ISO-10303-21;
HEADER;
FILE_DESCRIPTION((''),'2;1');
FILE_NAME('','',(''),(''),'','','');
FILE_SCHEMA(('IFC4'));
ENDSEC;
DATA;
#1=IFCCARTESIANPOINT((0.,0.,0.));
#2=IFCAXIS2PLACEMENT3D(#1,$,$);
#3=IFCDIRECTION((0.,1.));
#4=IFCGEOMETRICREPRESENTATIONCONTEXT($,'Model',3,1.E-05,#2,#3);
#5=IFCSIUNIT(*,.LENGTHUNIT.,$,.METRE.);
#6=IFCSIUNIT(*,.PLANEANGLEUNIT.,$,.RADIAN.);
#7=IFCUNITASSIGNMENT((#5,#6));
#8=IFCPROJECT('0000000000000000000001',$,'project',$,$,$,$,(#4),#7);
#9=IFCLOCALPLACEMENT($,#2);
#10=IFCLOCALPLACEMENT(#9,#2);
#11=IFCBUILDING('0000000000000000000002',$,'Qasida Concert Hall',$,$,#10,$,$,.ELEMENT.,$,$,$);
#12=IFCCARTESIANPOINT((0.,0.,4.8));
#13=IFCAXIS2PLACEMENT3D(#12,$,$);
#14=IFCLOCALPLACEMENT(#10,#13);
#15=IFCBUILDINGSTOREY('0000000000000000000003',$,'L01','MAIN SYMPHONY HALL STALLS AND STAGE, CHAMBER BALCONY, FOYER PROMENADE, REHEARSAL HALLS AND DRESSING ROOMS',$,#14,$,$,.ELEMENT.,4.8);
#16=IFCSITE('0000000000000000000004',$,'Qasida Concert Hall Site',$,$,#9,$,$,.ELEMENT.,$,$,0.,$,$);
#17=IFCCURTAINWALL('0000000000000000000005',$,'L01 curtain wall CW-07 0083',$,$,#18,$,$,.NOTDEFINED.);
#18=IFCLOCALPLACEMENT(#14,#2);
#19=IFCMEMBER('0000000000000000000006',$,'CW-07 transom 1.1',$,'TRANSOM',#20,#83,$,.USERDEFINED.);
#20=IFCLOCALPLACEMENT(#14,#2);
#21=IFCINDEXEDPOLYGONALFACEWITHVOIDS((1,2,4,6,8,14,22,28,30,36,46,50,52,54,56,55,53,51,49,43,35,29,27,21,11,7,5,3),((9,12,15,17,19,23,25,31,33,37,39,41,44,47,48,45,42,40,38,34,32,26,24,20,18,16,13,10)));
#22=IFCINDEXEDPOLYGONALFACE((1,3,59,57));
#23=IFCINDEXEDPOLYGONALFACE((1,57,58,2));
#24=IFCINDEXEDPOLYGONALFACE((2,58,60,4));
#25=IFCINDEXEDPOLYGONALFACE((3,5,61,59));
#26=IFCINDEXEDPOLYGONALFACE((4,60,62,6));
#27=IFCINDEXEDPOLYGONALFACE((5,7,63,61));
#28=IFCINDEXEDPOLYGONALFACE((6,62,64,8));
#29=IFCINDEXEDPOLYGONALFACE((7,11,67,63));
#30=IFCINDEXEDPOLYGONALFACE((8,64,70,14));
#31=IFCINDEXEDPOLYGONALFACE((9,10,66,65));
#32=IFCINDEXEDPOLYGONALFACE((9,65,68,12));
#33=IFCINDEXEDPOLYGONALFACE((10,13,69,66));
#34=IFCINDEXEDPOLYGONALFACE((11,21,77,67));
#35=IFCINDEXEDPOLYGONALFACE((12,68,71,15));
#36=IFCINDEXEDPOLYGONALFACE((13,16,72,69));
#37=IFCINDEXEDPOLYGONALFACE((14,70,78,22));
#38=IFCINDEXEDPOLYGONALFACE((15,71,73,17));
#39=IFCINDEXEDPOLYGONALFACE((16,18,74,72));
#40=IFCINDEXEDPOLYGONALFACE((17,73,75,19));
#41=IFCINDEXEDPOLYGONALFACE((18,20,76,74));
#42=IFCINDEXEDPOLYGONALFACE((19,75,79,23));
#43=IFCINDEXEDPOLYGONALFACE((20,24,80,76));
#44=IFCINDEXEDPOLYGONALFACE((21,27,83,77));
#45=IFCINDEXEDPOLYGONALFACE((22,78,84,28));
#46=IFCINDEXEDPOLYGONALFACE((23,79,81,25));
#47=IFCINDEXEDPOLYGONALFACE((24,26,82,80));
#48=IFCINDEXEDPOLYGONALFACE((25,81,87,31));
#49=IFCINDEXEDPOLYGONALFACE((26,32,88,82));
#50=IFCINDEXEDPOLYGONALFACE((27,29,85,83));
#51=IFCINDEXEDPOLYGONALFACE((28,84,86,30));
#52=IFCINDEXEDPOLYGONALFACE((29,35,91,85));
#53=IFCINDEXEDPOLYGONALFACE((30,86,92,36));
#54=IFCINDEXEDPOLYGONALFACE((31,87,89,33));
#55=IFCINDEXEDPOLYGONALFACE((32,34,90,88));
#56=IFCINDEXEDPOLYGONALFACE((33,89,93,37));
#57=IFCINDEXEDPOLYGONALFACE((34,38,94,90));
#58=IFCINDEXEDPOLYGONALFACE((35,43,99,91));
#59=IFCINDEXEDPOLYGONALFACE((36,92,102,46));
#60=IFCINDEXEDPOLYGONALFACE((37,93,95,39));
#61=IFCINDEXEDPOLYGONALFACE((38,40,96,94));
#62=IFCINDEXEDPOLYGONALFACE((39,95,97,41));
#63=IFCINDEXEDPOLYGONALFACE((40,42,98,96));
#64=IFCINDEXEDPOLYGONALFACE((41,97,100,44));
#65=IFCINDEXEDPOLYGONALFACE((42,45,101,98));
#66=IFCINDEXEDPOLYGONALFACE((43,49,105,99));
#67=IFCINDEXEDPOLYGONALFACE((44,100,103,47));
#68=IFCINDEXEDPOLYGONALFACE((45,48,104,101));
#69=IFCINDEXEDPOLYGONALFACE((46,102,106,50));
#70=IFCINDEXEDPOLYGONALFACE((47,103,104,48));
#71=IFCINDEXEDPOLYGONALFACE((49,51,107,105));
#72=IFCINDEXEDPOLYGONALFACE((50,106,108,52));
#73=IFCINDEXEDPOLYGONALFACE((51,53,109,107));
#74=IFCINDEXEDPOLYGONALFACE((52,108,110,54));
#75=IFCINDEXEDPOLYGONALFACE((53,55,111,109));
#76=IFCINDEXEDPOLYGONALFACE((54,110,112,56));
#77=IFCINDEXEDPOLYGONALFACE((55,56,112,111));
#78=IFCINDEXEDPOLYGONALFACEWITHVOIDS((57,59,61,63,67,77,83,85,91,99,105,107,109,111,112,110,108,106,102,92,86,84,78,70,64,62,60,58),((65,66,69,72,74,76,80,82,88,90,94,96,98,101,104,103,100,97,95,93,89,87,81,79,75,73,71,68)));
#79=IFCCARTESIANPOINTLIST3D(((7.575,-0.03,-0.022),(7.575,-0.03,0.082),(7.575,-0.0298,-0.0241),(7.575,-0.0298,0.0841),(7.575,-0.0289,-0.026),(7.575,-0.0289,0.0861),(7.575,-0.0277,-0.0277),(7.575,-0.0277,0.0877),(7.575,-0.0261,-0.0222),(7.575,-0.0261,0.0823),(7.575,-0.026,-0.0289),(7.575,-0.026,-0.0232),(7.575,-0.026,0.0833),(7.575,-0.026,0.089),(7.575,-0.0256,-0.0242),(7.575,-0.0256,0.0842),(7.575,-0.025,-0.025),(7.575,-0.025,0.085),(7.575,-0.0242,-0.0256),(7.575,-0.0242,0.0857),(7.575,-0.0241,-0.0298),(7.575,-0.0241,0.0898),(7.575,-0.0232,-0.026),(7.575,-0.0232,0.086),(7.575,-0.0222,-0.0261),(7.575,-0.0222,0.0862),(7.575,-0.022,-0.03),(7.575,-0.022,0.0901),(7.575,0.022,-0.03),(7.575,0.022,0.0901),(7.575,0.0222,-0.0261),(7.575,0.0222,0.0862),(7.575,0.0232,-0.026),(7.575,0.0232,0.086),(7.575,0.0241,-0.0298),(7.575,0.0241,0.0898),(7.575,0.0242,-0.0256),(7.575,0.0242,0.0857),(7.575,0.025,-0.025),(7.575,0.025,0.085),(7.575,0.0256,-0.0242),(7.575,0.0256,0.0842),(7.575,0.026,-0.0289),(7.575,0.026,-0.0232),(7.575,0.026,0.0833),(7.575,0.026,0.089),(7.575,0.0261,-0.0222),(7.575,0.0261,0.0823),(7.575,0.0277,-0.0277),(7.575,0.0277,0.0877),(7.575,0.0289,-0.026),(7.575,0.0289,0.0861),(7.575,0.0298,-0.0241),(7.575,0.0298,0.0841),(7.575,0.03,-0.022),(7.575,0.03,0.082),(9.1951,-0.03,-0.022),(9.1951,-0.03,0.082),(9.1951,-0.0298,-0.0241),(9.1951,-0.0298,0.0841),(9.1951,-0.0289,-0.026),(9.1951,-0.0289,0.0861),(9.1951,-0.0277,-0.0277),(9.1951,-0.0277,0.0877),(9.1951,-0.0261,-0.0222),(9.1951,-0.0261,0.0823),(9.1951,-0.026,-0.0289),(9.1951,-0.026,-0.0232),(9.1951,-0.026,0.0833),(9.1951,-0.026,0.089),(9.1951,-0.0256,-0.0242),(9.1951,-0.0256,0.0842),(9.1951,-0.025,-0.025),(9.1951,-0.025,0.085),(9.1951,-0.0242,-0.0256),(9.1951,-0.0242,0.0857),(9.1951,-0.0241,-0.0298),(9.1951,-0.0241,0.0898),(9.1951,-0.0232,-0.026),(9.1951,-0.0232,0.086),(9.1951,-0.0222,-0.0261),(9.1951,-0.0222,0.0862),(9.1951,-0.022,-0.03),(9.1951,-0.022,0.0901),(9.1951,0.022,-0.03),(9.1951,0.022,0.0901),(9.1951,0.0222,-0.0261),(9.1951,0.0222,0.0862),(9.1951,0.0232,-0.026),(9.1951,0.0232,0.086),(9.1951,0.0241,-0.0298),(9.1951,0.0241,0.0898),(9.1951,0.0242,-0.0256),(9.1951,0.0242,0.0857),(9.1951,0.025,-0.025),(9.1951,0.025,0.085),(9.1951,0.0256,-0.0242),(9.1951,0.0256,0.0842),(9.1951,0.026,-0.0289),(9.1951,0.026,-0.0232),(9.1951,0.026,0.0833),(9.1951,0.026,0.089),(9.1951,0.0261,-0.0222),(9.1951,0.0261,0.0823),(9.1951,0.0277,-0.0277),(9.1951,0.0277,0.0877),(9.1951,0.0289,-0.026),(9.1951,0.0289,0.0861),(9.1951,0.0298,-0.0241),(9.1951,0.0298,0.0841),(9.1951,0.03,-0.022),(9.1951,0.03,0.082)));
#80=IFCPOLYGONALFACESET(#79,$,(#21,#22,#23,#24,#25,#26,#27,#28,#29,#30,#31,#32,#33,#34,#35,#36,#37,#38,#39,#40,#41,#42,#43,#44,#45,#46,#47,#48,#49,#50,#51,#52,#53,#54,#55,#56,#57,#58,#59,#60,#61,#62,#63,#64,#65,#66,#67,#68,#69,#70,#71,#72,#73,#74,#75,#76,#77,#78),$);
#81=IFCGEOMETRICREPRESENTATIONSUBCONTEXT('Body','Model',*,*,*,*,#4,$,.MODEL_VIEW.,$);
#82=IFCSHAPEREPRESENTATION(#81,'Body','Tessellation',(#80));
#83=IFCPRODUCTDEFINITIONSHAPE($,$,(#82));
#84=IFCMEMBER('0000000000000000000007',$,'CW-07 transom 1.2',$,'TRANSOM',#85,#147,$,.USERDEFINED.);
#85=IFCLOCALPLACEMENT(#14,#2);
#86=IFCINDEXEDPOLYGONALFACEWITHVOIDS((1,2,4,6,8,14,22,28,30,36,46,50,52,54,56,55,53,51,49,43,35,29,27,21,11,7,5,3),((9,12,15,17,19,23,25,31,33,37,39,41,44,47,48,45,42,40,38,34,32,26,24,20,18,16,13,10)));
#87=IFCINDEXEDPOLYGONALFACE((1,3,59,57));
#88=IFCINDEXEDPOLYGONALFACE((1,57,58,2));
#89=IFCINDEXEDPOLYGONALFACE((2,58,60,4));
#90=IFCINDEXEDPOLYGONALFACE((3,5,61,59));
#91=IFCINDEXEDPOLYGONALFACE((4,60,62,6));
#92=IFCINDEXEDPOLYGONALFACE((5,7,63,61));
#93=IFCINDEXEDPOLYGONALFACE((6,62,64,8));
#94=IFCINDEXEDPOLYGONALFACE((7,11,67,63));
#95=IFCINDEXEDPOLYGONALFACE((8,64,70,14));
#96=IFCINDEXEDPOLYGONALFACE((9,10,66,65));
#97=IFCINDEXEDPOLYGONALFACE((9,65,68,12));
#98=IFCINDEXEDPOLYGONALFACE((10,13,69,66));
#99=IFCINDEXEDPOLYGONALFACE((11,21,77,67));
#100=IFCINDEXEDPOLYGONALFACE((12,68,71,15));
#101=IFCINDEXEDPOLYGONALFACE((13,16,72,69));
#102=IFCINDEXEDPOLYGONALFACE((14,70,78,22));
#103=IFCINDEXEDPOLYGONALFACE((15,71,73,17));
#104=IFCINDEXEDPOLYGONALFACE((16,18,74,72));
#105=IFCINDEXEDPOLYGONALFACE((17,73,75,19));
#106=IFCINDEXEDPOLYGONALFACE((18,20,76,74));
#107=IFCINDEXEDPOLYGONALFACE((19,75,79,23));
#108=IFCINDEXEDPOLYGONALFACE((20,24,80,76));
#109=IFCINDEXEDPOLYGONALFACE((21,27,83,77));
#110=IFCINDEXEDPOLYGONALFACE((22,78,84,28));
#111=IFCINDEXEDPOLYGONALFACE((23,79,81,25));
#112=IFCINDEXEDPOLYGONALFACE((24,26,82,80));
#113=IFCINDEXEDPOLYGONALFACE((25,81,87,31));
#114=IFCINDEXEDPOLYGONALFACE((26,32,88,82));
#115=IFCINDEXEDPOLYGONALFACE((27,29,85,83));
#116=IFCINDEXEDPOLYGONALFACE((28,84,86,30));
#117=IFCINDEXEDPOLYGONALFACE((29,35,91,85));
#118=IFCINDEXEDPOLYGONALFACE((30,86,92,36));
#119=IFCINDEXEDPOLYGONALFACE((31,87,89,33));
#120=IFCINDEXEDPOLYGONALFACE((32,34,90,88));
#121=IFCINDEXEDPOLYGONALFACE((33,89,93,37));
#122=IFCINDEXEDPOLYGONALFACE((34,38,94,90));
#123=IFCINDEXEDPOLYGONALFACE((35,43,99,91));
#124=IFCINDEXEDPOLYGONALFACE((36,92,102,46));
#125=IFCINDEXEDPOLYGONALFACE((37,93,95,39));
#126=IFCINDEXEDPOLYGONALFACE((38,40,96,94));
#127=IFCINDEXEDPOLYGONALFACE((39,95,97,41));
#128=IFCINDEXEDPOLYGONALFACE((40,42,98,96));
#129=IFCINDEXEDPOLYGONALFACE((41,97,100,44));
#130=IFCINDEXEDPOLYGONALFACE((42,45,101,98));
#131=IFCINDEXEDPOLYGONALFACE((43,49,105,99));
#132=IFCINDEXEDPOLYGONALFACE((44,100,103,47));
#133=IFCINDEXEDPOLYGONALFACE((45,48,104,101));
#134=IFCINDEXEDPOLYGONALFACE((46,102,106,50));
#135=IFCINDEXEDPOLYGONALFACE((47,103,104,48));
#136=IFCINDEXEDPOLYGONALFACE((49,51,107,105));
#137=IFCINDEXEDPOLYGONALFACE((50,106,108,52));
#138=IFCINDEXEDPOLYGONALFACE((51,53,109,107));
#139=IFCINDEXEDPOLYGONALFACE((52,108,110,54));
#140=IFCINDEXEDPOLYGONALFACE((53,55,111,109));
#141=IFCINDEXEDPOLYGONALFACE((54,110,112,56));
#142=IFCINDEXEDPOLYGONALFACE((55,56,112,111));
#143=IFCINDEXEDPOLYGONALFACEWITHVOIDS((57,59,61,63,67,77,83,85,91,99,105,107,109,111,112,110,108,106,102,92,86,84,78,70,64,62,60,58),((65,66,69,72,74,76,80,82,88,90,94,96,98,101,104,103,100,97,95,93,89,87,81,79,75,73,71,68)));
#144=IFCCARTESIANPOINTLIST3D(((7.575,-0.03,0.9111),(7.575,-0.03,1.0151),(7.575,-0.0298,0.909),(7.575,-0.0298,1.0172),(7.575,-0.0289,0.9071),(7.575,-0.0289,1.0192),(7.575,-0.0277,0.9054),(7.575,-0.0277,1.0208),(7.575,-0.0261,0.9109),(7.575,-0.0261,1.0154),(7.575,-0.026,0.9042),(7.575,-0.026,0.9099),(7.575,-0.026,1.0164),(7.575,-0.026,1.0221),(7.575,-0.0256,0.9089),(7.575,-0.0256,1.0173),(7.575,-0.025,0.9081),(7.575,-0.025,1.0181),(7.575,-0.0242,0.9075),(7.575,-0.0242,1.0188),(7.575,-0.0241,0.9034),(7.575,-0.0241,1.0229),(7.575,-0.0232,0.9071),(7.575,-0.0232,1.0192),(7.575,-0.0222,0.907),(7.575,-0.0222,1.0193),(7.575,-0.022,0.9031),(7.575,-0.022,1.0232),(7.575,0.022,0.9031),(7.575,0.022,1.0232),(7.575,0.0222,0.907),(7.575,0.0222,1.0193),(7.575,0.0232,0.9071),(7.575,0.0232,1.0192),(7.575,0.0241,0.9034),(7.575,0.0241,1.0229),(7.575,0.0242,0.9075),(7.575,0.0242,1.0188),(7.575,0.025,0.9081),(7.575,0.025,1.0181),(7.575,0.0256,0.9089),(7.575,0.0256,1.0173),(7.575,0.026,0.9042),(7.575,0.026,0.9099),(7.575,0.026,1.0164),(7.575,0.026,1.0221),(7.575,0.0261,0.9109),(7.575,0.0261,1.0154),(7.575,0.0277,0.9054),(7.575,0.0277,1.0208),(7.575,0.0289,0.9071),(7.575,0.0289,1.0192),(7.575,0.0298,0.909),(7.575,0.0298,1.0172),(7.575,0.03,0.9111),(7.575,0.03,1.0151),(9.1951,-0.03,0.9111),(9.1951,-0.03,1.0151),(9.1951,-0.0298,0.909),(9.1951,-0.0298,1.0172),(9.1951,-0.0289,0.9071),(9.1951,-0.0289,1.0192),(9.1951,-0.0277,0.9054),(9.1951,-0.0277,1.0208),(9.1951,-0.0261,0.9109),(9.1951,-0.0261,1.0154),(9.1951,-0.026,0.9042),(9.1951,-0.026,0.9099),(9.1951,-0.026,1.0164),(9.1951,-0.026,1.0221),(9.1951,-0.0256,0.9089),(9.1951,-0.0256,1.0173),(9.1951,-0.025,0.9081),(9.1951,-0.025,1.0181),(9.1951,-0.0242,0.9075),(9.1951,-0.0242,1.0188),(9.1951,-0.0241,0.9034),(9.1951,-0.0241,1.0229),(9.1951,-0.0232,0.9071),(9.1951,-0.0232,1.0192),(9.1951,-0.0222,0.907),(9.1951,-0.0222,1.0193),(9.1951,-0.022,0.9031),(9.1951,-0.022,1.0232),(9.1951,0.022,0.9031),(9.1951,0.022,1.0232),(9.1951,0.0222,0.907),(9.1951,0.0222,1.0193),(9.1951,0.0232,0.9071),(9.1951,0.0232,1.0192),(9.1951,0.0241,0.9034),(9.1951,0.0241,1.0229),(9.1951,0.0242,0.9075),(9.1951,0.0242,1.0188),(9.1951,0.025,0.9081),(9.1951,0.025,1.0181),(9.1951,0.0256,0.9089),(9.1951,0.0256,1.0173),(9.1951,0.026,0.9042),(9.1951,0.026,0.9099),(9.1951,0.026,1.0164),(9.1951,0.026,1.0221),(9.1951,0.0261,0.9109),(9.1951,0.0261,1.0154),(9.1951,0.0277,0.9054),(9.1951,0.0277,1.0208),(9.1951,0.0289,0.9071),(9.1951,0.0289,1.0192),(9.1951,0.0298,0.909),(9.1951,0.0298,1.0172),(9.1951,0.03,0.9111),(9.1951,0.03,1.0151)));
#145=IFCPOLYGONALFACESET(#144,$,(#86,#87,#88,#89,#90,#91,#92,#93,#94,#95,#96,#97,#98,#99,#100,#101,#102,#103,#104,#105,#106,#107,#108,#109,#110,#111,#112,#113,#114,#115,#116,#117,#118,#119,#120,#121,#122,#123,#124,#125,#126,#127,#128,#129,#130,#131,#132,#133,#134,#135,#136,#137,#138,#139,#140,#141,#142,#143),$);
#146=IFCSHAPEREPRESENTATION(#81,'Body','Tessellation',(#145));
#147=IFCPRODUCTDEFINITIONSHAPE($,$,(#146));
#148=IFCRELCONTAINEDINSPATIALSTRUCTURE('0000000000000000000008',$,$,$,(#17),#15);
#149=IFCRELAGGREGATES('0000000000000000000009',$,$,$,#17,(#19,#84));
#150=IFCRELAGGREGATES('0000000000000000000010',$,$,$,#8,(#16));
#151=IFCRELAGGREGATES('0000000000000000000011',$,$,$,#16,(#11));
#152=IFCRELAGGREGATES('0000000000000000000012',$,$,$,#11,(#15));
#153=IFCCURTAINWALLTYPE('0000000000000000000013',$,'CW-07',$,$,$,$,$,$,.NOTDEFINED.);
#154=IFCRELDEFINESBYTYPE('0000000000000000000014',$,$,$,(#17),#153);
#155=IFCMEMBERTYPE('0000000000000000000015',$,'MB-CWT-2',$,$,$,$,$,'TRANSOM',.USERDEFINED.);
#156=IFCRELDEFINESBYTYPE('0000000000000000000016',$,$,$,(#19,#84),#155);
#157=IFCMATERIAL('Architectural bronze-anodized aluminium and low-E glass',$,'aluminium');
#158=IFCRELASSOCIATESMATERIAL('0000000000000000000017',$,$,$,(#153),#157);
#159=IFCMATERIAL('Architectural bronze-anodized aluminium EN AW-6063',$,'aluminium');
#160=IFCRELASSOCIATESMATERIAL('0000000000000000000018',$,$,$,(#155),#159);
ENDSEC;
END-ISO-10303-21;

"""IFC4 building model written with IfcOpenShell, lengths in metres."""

from ifc_helpers import new_model, si_unit, direction, frame, origin, origin_2d, place, context, subcontext, project, spatial, hollow_rectangle, extrude, material, material_profile, profile_set, type_object, element, aggregate, save


model = new_model("IFC4")

# Units and contexts
model_context = context("Model", 3, precision=1e-05, world=origin(), true_north=direction((0.0, 1.0)))
body_context = subcontext(model_context, "Body", "Model", "MODEL_VIEW")
ifc_project = project(units=[si_unit("LENGTHUNIT", "METRE"), si_unit("PLANEANGLEUNIT", "RADIAN")], contexts=[model_context])

# Site, building, storey
site_placement = place(None, origin())
site = spatial("IfcSite", under=ifc_project, at=site_placement, Name="Qasida Concert Hall Site", CompositionType="ELEMENT", RefElevation=0.0)
building_placement = place(site_placement, origin())
building = spatial("IfcBuilding", under=site, at=building_placement, Name="Qasida Concert Hall", CompositionType="ELEMENT")
storey_placement = place(building_placement, frame((0.0, 0.0, 4.8)))
storey = spatial("IfcBuildingStorey", under=building, at=storey_placement, Name="L01", Description="MAIN SYMPHONY HALL STALLS AND STAGE, CHAMBER BALCONY, FOYER PROMENADE, REHEARSAL HALLS AND DRESSING ROOMS", CompositionType="ELEMENT", Elevation=4.8)

# Shared definitions
ifc_material_1 = material(Name="Architectural bronze-anodized aluminium and low-E glass", Category="aluminium")
curtain_wall_type = type_object("IfcCurtainWallType", Name="CW-07", PredefinedType="NOTDEFINED", material=ifc_material_1)
ifc_material_2 = material(Name="Architectural bronze-anodized aluminium EN AW-6063", Category="aluminium")

# Curtain wall, members
curtain_wall_1_placement = place(storey_placement, origin())
curtain_wall_1 = element("IfcCurtainWall", 1, at=curtain_wall_1_placement, inside=storey, type_object=curtain_wall_type, Name="L01 curtain wall CW-07 0083", PredefinedType="NOTDEFINED")
ifc_material_profile_1 = material_profile(ifc_material_2, hollow_rectangle(XDim=0.0601, YDim=0.1201, WallThickness=0.0039, InnerFilletRadius=0.0039, OuterFilletRadius=0.0081, at=origin_2d()), Name="CWT 120x60x4")
ifc_profile_set_1 = profile_set([ifc_material_profile_1], Name="Architectural bronze-anodized aluminium EN AW-6063")
member_type_1 = type_object("IfcMemberType", Name="MB-CWT-2", ElementType="TRANSOM", PredefinedType="USERDEFINED", material=ifc_profile_set_1)
member_1_placement = place(storey_placement, frame((7.575, 0.0, 0.03), z_axis=(1.0, 0.0, 0.0), x_axis=(0.0, 1.0, 0.0)))
member_1 = element("IfcMember", 2, at=member_1_placement, type_object=member_type_1, Name="CW-07 transom 1.1", ObjectType="TRANSOM", PredefinedType="USERDEFINED", context=body_context, shape_type="SweptSolid", body=[
    extrude(hollow_rectangle(XDim=0.0601, YDim=0.1201, WallThickness=0.0039, InnerFilletRadius=0.0039, OuterFilletRadius=0.0081, at=origin_2d()), origin(), (0.0, 0.0, 1.0), 1.6201),
])
member_2_placement = place(storey_placement, frame((7.575, 0.0, 0.9631), z_axis=(1.0, 0.0, 0.0), x_axis=(0.0, 1.0, 0.0)))
member_2 = element("IfcMember", 3, at=member_2_placement, type_object=member_type_1, Name="CW-07 transom 1.2", ObjectType="TRANSOM", PredefinedType="USERDEFINED", context=body_context, shape_type="SweptSolid", body=[
    extrude(hollow_rectangle(XDim=0.0601, YDim=0.1201, WallThickness=0.0039, InnerFilletRadius=0.0039, OuterFilletRadius=0.0081, at=origin_2d()), origin(), (0.0, 0.0, 1.0), 1.6201),
])

aggregate(curtain_wall_1, [member_1, member_2])

save(model, "model.ifc")
